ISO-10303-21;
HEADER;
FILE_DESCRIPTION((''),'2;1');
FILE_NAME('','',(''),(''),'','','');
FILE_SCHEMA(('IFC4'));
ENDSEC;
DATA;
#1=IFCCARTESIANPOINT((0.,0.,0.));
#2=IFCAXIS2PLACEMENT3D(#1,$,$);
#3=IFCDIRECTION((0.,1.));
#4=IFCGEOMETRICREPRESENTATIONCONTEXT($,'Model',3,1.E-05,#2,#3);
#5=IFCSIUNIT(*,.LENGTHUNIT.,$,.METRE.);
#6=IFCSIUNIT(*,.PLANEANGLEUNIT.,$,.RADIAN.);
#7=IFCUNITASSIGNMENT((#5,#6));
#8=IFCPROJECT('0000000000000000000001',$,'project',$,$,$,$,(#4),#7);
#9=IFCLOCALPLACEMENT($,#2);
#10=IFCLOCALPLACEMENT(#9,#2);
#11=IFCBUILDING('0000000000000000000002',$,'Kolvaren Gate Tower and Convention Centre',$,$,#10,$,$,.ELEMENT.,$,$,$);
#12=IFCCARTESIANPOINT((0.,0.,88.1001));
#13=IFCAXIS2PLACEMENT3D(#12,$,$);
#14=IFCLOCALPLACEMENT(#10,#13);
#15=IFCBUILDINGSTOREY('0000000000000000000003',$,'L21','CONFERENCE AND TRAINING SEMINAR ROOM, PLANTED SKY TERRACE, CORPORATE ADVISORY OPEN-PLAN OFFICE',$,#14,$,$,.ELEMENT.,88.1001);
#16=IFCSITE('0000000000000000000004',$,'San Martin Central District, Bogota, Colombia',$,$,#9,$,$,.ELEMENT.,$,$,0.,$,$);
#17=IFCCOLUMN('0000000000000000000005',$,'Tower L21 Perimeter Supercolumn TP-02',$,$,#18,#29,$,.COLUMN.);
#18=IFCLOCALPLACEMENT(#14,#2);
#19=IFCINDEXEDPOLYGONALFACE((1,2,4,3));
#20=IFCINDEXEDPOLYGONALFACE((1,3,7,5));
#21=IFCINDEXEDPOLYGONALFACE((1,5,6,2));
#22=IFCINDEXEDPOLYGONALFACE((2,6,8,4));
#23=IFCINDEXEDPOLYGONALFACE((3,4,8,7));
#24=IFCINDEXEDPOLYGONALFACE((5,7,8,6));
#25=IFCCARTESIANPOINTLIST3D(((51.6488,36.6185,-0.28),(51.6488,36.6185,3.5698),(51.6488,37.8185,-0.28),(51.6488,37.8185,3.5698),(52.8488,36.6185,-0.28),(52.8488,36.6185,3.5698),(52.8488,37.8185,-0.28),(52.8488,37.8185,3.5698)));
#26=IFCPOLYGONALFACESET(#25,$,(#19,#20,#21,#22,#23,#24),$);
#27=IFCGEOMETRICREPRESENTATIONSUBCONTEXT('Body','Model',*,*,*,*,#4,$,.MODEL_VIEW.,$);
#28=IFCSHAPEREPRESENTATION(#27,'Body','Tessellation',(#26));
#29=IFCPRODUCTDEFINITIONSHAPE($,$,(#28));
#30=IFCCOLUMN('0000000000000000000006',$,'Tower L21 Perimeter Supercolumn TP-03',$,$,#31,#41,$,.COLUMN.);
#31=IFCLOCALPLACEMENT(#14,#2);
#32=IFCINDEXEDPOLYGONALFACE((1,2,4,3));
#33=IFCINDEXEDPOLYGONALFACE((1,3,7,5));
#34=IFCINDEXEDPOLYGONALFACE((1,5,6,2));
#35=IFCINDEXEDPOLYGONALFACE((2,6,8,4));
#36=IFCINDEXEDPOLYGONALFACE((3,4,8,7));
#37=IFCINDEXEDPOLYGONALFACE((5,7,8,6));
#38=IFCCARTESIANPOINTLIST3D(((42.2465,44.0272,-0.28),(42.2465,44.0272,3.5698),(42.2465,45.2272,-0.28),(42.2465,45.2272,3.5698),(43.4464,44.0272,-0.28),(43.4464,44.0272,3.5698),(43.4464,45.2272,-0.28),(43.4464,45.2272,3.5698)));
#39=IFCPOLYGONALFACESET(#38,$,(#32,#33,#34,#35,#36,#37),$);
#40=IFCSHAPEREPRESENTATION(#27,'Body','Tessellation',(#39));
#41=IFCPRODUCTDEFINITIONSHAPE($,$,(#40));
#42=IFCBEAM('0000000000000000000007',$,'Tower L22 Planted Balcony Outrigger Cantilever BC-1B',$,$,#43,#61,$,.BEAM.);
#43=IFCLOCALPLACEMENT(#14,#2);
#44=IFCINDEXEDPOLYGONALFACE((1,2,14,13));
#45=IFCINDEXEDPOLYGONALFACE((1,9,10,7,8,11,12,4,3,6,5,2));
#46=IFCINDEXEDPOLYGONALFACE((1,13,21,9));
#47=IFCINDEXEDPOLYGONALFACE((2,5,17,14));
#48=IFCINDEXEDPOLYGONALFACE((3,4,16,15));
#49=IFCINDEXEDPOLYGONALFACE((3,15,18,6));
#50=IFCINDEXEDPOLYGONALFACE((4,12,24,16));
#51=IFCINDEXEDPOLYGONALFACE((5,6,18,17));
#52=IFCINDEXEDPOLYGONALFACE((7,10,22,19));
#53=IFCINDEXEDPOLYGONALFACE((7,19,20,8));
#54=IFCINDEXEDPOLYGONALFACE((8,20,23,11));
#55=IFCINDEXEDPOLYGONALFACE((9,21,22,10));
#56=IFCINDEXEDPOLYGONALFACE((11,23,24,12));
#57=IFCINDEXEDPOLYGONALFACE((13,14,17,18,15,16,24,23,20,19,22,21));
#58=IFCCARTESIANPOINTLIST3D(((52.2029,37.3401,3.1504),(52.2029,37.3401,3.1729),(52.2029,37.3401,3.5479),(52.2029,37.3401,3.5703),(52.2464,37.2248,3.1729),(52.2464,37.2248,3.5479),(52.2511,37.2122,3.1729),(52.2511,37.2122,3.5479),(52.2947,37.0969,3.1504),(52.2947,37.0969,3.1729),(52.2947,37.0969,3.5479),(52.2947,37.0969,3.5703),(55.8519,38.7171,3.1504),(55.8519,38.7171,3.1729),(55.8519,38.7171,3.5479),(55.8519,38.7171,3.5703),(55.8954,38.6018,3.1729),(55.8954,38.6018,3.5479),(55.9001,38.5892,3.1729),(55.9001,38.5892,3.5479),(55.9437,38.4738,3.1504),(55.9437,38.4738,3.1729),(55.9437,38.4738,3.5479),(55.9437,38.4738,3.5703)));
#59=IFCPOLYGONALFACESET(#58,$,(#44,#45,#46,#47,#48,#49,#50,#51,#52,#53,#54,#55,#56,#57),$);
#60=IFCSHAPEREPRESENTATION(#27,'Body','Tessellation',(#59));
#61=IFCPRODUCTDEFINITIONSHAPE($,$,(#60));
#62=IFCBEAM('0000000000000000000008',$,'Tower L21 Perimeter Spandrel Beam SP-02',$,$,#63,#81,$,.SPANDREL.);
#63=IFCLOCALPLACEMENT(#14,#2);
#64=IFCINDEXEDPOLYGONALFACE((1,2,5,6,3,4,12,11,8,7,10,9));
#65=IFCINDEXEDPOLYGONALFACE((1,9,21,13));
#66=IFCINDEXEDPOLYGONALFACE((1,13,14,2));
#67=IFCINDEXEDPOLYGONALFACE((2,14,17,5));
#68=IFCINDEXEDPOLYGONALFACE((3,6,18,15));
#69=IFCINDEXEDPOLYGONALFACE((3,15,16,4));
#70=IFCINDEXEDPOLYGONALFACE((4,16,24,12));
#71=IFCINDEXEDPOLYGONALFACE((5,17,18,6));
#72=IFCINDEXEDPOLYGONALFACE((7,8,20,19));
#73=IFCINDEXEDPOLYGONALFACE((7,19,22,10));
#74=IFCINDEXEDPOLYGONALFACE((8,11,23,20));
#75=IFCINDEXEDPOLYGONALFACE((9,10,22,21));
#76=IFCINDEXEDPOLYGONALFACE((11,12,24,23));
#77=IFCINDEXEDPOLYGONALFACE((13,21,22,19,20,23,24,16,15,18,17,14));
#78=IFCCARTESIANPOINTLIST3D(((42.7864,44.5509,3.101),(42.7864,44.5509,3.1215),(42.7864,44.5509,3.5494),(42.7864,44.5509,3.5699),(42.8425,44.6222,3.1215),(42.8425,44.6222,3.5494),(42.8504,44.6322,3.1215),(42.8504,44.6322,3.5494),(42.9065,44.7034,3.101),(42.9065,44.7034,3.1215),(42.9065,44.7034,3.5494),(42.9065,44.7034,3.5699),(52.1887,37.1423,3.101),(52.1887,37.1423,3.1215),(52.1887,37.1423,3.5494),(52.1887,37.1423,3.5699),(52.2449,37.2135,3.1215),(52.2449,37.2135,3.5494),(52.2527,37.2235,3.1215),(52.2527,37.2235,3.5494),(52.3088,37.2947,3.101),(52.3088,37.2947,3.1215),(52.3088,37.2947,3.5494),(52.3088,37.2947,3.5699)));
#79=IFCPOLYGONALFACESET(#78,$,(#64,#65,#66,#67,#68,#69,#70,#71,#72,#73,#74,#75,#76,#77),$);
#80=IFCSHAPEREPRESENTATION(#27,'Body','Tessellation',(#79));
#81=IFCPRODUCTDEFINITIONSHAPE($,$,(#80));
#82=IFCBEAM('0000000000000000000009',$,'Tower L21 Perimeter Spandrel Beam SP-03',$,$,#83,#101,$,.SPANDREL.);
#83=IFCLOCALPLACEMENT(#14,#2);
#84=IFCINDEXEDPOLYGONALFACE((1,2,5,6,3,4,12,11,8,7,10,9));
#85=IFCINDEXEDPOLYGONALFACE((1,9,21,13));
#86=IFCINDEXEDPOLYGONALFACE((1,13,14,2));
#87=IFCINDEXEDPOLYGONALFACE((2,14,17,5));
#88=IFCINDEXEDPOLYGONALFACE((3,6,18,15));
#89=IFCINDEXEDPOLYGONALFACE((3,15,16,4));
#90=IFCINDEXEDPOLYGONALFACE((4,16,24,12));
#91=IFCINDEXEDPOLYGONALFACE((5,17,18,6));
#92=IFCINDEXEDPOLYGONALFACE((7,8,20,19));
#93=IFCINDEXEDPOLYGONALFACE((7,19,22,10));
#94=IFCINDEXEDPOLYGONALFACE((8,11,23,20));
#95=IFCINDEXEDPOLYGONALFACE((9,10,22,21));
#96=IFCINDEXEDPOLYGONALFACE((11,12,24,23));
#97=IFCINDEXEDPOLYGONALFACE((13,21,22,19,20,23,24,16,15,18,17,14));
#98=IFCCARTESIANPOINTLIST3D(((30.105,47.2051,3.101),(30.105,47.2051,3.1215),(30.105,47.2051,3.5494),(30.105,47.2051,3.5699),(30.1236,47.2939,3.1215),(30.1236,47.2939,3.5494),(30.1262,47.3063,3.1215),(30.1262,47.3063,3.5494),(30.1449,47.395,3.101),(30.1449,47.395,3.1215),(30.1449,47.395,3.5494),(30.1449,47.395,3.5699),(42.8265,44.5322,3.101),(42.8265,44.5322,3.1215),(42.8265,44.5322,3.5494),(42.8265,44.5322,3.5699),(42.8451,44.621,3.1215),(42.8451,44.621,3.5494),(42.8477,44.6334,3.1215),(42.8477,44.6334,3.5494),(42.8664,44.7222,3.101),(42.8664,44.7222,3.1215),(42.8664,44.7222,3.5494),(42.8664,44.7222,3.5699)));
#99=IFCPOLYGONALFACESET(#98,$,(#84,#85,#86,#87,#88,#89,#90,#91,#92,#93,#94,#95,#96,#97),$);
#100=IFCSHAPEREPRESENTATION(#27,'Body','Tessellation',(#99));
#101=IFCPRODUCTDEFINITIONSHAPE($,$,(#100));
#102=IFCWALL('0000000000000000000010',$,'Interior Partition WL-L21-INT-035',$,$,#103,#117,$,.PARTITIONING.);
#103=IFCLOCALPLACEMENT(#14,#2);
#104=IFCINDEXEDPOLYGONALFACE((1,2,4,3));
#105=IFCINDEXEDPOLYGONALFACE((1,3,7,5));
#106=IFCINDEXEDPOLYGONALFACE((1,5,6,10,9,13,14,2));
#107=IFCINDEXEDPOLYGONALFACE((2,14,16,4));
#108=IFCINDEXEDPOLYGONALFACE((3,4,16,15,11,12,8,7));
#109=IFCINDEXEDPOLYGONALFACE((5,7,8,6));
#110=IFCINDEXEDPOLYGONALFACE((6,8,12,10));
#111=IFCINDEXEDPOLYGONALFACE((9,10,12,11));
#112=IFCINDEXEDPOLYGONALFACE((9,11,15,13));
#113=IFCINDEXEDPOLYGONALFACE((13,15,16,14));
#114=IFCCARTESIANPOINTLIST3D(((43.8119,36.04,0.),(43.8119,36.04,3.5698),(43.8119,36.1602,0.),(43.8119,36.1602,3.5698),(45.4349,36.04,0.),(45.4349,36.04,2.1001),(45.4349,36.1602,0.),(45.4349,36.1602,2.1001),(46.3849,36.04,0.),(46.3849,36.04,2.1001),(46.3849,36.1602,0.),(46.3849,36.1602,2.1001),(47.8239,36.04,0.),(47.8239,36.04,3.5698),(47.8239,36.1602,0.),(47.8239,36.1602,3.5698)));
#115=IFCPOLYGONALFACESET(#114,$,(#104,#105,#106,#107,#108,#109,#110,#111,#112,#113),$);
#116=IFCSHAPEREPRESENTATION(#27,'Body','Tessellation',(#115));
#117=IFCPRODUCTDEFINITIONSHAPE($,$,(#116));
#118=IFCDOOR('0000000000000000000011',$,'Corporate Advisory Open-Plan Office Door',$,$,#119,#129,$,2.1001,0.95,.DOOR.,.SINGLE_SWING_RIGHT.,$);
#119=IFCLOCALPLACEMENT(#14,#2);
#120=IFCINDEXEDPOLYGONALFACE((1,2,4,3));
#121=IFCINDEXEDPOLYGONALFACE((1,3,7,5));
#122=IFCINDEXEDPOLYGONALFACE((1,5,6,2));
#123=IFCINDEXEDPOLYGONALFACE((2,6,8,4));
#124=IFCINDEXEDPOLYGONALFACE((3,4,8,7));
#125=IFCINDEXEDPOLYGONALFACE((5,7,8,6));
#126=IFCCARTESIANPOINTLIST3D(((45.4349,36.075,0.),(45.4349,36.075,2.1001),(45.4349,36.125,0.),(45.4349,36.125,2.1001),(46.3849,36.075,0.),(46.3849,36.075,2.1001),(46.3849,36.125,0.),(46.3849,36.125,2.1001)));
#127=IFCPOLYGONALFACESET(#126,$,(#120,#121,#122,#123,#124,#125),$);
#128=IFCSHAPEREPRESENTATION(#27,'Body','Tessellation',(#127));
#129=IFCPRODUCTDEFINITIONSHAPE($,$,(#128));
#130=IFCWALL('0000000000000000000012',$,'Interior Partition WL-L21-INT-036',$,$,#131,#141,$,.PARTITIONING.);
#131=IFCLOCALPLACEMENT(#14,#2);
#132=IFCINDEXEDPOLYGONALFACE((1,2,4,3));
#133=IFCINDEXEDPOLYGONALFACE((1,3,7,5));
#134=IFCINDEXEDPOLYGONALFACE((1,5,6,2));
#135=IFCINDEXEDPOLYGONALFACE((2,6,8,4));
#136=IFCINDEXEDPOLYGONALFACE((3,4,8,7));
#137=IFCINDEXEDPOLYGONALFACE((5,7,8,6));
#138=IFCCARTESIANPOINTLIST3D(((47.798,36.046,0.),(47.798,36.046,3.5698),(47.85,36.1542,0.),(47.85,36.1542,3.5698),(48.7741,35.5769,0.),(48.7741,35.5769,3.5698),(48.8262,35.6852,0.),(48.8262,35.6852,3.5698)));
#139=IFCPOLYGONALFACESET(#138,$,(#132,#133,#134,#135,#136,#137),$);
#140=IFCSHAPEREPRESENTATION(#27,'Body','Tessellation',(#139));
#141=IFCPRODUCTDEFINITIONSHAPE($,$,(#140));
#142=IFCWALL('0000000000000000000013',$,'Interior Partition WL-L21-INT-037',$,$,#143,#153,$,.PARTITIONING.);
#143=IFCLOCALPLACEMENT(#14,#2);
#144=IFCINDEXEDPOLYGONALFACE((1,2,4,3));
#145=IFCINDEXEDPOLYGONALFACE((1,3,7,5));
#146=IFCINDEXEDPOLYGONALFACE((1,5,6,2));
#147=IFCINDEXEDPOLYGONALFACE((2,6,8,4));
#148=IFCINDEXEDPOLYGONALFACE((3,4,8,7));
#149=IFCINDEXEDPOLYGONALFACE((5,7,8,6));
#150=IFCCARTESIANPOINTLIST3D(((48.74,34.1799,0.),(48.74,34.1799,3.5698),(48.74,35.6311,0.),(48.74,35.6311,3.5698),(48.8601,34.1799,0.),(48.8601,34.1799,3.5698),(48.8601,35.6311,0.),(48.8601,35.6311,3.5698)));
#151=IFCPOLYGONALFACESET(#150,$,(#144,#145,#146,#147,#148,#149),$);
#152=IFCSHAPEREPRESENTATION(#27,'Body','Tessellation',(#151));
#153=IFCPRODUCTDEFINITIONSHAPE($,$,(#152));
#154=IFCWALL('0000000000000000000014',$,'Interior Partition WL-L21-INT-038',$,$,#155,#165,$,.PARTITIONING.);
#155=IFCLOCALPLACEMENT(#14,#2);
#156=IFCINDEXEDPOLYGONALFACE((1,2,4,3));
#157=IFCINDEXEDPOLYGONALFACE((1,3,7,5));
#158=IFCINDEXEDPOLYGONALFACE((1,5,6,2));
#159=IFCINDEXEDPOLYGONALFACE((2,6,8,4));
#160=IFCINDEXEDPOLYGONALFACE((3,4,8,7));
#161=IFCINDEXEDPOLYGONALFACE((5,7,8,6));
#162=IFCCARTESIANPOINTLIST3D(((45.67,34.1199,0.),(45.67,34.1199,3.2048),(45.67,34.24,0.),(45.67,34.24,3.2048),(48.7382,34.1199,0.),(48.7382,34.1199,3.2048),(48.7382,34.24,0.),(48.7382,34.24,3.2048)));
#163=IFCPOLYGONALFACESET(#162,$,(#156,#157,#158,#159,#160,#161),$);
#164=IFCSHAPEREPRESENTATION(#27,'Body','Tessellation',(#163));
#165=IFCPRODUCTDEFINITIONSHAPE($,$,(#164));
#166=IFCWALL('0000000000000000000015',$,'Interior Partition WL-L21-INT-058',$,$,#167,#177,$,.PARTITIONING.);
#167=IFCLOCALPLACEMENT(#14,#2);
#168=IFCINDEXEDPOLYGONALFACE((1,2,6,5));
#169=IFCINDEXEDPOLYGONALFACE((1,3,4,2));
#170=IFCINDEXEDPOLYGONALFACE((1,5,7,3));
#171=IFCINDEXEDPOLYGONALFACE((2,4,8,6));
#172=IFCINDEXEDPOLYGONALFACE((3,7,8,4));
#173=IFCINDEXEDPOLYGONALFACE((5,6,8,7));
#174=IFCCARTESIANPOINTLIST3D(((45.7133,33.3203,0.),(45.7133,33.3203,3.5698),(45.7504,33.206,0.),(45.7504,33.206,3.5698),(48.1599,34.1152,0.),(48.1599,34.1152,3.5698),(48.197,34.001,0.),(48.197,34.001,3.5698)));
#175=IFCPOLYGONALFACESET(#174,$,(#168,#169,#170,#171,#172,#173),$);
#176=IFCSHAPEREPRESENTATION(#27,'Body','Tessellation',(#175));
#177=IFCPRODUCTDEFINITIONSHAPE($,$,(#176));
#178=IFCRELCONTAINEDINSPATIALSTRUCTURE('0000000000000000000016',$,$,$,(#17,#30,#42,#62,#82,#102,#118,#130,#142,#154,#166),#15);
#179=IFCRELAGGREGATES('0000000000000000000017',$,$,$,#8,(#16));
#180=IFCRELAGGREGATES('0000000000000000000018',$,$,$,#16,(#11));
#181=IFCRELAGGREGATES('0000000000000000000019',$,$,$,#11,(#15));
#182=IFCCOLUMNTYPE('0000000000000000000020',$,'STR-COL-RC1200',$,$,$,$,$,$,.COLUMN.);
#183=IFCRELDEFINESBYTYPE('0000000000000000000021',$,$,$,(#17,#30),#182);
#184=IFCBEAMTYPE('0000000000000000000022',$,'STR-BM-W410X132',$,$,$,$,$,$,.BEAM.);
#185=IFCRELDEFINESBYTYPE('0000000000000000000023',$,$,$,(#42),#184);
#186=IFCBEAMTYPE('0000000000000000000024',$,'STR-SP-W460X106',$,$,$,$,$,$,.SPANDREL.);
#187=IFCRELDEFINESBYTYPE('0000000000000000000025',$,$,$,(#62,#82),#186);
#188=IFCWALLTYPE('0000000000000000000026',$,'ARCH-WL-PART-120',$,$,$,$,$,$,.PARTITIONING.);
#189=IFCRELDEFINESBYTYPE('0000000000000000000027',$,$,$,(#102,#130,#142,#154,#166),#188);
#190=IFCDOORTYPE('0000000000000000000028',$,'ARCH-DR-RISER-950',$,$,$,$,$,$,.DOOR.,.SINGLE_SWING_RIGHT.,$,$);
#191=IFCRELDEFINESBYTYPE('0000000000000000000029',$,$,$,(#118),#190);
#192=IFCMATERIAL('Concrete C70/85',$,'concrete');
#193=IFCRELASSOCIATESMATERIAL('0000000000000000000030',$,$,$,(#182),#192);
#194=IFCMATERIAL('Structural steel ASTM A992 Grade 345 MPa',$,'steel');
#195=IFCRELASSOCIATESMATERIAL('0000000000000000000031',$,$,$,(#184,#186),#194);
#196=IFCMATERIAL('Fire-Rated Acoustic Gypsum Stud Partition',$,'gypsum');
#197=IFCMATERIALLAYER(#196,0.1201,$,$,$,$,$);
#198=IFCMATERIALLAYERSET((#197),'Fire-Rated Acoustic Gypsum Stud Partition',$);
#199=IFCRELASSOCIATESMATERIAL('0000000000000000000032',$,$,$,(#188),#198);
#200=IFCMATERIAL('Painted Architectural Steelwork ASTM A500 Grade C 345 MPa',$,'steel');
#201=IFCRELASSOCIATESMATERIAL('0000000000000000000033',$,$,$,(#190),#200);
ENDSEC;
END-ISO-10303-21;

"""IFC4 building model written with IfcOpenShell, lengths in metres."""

from ifc_helpers import new_model, si_unit, direction, frame, frame_2d, origin, origin_2d, place, context, subcontext, project, spatial, rectangle, i_section, extrude, material, layer, layer_set, material_profile, profile_set, type_object, element, fill, save


model = new_model("IFC4")

# Units and contexts
model_context = context("Model", 3, precision=1e-05, world=origin(), true_north=direction((0.0, 1.0)))
body_context = subcontext(model_context, "Body", "Model", "MODEL_VIEW")
ifc_project = project(units=[si_unit("LENGTHUNIT", "METRE"), si_unit("PLANEANGLEUNIT", "RADIAN")], contexts=[model_context])

# Site, building, storey
site_placement = place(None, origin())
site = spatial("IfcSite", under=ifc_project, at=site_placement, Name="San Martin Central District, Bogota, Colombia", CompositionType="ELEMENT", RefElevation=0.0)
building_placement = place(site_placement, origin())
building = spatial("IfcBuilding", under=site, at=building_placement, Name="Kolvaren Gate Tower and Convention Centre", CompositionType="ELEMENT")
storey_placement = place(building_placement, frame((0.0, 0.0, 88.1001)))
storey = spatial("IfcBuildingStorey", under=building, at=storey_placement, Name="L21", Description="CONFERENCE AND TRAINING SEMINAR ROOM, PLANTED SKY TERRACE, CORPORATE ADVISORY OPEN-PLAN OFFICE", CompositionType="ELEMENT", Elevation=88.1001)

# Columns
ifc_material_1 = material(Name="Concrete C70/85", Category="concrete")
ifc_material_profile_1 = material_profile(ifc_material_1, rectangle(XDim=1.2, YDim=1.2, at=origin_2d()), Name="RC-COL-1200X1200")
ifc_profile_set_1 = profile_set([ifc_material_profile_1], Name="Concrete C70/85")
column_type = type_object("IfcColumnType", Name="STR-COL-RC1200", PredefinedType="COLUMN", material=ifc_profile_set_1)
for number, where, z_axis, x_axis, name in (
    (1, (52.2488, 37.2185, -0.28), (0.0, 0.0, 1.0), (1.0, 0.0, 0.0), "Tower L21 Perimeter Supercolumn TP-02"),
    (2, (42.8464, 44.6272, -0.28), (0.0, 0.0, 1.0), (1.0, 0.0, 0.0), "Tower L21 Perimeter Supercolumn TP-03"),
):
    element("IfcColumn", number, at=place(storey_placement, frame(where, z_axis=z_axis, x_axis=x_axis)), inside=storey, type_object=column_type, Name=name, PredefinedType="COLUMN", context=body_context, shape_type="SweptSolid", body=[
        extrude(rectangle(XDim=1.2, YDim=1.2, at=origin_2d()), origin(), (0.0, 0.0, 1.0), 3.8499),
    ])

# Beams
ifc_material_2 = material(Name="Structural steel ASTM A992 Grade 345 MPa", Category="steel")
ifc_material_profile_2 = material_profile(ifc_material_2, i_section(OverallWidth=0.26, OverallDepth=0.4199, WebThickness=0.0134, FlangeThickness=0.0225, at=origin_2d()), Name="W410X132")
ifc_profile_set_2 = profile_set([ifc_material_profile_2], Name="Structural steel ASTM A992 Grade 345 MPa")
beam_type_1 = type_object("IfcBeamType", Name="STR-BM-W410X132", PredefinedType="BEAM", material=ifc_profile_set_2)
beam_1_placement = place(storey_placement, frame((52.2488, 37.2185, 3.3604), z_axis=(0.935602, 0.353057, 0.0), x_axis=(-0.353057, 0.935602, 0.0)))
element("IfcBeam", 3, at=beam_1_placement, inside=storey, type_object=beam_type_1, Name="Tower L22 Planted Balcony Outrigger Cantilever BC-1B", PredefinedType="BEAM", context=body_context, shape_type="SweptSolid", body=[
    extrude(i_section(OverallWidth=0.26, OverallDepth=0.4199, WebThickness=0.0134, FlangeThickness=0.0225, at=origin_2d()), origin(), (0.0, 0.0, 1.0), 3.9001),
])
ifc_material_profile_3 = material_profile(ifc_material_2, i_section(OverallWidth=0.1941, OverallDepth=0.469, WebThickness=0.0127, FlangeThickness=0.0205, at=origin_2d()), Name="W460X106")
ifc_profile_set_3 = profile_set([ifc_material_profile_3], Name="Structural steel ASTM A992 Grade 345 MPa")
beam_type_2 = type_object("IfcBeamType", Name="STR-SP-W460X106", PredefinedType="SPANDREL", material=ifc_profile_set_3)
beam_2_placement = place(storey_placement, frame((52.2488, 37.2185, 3.3354), z_axis=(-0.78546, 0.618913, 0.0), x_axis=(-0.618913, -0.78546, 0.0)))
element("IfcBeam", 4, at=beam_2_placement, inside=storey, type_object=beam_type_2, Name="Tower L21 Perimeter Spandrel Beam SP-02", PredefinedType="SPANDREL", context=body_context, shape_type="SweptSolid", body=[
    extrude(i_section(OverallWidth=0.1941, OverallDepth=0.469, WebThickness=0.0127, FlangeThickness=0.0205, at=origin_2d()), origin(), (0.0, 0.0, 1.0), 11.9705),
])
beam_3_placement = place(storey_placement, frame((42.8464, 44.6272, 3.3354), z_axis=(-0.978633, 0.205617, 0.0), x_axis=(-0.205617, -0.978633, 0.0)))
element("IfcBeam", 5, at=beam_3_placement, inside=storey, type_object=beam_type_2, Name="Tower L21 Perimeter Spandrel Beam SP-03", PredefinedType="SPANDREL", context=body_context, shape_type="SweptSolid", body=[
    extrude(i_section(OverallWidth=0.1941, OverallDepth=0.469, WebThickness=0.0127, FlangeThickness=0.0205, at=origin_2d()), origin(), (0.0, 0.0, 1.0), 12.9993),
])

# Wall, opening, door
ifc_material_3 = material(Name="Fire-Rated Acoustic Gypsum Stud Partition", Category="gypsum")
ifc_layer_1 = layer(ifc_material_3, 0.1201)
ifc_layer_set_1 = layer_set([ifc_layer_1], Name="Fire-Rated Acoustic Gypsum Stud Partition")
wall_type_1 = type_object("IfcWallType", Name="ARCH-WL-PART-120", PredefinedType="PARTITIONING", material=ifc_layer_set_1)
wall_1_placement = place(storey_placement, frame((43.812, 36.1001, 0.0), z_axis=(0.0, 0.0, 1.0), x_axis=(1.0, 0.0, 0.0)))
wall_1 = element("IfcWall", 6, at=wall_1_placement, inside=storey, type_object=wall_type_1, Name="Interior Partition WL-L21-INT-035", PredefinedType="PARTITIONING", context=body_context, shape_type="SweptSolid", body=[
    extrude(rectangle(XDim=4.012, YDim=0.1201, at=frame_2d((2.0059, 0.0))), origin(), (0.0, 0.0, 1.0), 3.5698),
])
opening_1_placement = place(wall_1_placement, frame((1.6228, 0.0, 0.0)))
opening_1 = element("IfcOpeningElement", 7, at=opening_1_placement, cuts=wall_1, PredefinedType="OPENING", context=body_context, shape_type="SweptSolid", body=[
    extrude(rectangle(XDim=0.95, YDim=2.1001, at=frame_2d((0.4751, 1.05))), frame((0.0, 0.0701, 0.0), z_axis=(0.0, -1.0, 0.0), x_axis=(1.0, 0.0, 0.0)), (0.0, 0.0, 1.0), 0.1401),
])
ifc_material_4 = material(Name="Painted Architectural Steelwork ASTM A500 Grade C 345 MPa", Category="steel")
door_type_1 = type_object("IfcDoorType", Name="ARCH-DR-RISER-950", OperationType="SINGLE_SWING_RIGHT", PredefinedType="DOOR", material=ifc_material_4)
door_1_placement = place(opening_1_placement, origin())
door_1 = element("IfcDoor", 8, at=door_1_placement, inside=storey, type_object=door_type_1, Name="Corporate Advisory Open-Plan Office Door", OperationType="SINGLE_SWING_RIGHT", OverallHeight=2.1001, OverallWidth=0.95, PredefinedType="DOOR", context=body_context, shape_type="SweptSolid", body=[
    extrude(rectangle(XDim=0.95, YDim=2.1001, at=frame_2d((0.4751, 1.05))), frame((0.0, 0.0249, 0.0), z_axis=(0.0, -1.0, 0.0), x_axis=(1.0, 0.0, 0.0)), (0.0, 0.0, 1.0), 0.05),
])
fill(opening_1, door_1)

# Walls
wall_2_placement = place(storey_placement, frame((47.824, 36.1001, 0.0), z_axis=(0.0, 0.0, 1.0), x_axis=(0.901351, -0.43309, 0.0)))
element("IfcWall", 9, at=wall_2_placement, inside=storey, type_object=wall_type_1, Name="Interior Partition WL-L21-INT-036", PredefinedType="PARTITIONING", context=body_context, shape_type="SweptSolid", body=[
    extrude(rectangle(XDim=1.083, YDim=0.1201, at=frame_2d((0.5415, 0.0))), origin(), (0.0, 0.0, 1.0), 3.5698),
])
wall_3_placement = place(storey_placement, frame((48.8, 34.1799, 0.0), z_axis=(0.0, 0.0, 1.0), x_axis=(0.0, 1.0, 0.0)))
element("IfcWall", 10, at=wall_3_placement, inside=storey, type_object=wall_type_1, Name="Interior Partition WL-L21-INT-037", PredefinedType="PARTITIONING", context=body_context, shape_type="SweptSolid", body=[
    extrude(rectangle(XDim=1.4512, YDim=0.1201, at=frame_2d((0.7256, 0.0))), origin(), (0.0, 0.0, 1.0), 3.5698),
])
wall_4_placement = place(storey_placement, frame((45.6699, 34.1799, 0.0), z_axis=(0.0, 0.0, 1.0), x_axis=(1.0, 0.0, 0.0)))
element("IfcWall", 11, at=wall_4_placement, inside=storey, type_object=wall_type_1, Name="Interior Partition WL-L21-INT-038", PredefinedType="PARTITIONING", context=body_context, shape_type="SweptSolid", body=[
    extrude(rectangle(XDim=3.0681, YDim=0.1201, at=frame_2d((1.5342, 0.0))), origin(), (0.0, 0.0, 1.0), 3.2048),
])
wall_5_placement = place(storey_placement, frame((45.7319, 33.2632, 0.0), z_axis=(0.0, 0.0, 1.0), x_axis=(0.951057, 0.309015, 0.0)))
element("IfcWall", 12, at=wall_5_placement, inside=storey, type_object=wall_type_1, Name="Interior Partition WL-L21-INT-058", PredefinedType="PARTITIONING", context=body_context, shape_type="SweptSolid", body=[
    extrude(rectangle(XDim=2.5725, YDim=0.1201, at=frame_2d((1.2861, 0.0))), origin(), (0.0, 0.0, 1.0), 3.5698),
])

save(model, "model.ifc")
